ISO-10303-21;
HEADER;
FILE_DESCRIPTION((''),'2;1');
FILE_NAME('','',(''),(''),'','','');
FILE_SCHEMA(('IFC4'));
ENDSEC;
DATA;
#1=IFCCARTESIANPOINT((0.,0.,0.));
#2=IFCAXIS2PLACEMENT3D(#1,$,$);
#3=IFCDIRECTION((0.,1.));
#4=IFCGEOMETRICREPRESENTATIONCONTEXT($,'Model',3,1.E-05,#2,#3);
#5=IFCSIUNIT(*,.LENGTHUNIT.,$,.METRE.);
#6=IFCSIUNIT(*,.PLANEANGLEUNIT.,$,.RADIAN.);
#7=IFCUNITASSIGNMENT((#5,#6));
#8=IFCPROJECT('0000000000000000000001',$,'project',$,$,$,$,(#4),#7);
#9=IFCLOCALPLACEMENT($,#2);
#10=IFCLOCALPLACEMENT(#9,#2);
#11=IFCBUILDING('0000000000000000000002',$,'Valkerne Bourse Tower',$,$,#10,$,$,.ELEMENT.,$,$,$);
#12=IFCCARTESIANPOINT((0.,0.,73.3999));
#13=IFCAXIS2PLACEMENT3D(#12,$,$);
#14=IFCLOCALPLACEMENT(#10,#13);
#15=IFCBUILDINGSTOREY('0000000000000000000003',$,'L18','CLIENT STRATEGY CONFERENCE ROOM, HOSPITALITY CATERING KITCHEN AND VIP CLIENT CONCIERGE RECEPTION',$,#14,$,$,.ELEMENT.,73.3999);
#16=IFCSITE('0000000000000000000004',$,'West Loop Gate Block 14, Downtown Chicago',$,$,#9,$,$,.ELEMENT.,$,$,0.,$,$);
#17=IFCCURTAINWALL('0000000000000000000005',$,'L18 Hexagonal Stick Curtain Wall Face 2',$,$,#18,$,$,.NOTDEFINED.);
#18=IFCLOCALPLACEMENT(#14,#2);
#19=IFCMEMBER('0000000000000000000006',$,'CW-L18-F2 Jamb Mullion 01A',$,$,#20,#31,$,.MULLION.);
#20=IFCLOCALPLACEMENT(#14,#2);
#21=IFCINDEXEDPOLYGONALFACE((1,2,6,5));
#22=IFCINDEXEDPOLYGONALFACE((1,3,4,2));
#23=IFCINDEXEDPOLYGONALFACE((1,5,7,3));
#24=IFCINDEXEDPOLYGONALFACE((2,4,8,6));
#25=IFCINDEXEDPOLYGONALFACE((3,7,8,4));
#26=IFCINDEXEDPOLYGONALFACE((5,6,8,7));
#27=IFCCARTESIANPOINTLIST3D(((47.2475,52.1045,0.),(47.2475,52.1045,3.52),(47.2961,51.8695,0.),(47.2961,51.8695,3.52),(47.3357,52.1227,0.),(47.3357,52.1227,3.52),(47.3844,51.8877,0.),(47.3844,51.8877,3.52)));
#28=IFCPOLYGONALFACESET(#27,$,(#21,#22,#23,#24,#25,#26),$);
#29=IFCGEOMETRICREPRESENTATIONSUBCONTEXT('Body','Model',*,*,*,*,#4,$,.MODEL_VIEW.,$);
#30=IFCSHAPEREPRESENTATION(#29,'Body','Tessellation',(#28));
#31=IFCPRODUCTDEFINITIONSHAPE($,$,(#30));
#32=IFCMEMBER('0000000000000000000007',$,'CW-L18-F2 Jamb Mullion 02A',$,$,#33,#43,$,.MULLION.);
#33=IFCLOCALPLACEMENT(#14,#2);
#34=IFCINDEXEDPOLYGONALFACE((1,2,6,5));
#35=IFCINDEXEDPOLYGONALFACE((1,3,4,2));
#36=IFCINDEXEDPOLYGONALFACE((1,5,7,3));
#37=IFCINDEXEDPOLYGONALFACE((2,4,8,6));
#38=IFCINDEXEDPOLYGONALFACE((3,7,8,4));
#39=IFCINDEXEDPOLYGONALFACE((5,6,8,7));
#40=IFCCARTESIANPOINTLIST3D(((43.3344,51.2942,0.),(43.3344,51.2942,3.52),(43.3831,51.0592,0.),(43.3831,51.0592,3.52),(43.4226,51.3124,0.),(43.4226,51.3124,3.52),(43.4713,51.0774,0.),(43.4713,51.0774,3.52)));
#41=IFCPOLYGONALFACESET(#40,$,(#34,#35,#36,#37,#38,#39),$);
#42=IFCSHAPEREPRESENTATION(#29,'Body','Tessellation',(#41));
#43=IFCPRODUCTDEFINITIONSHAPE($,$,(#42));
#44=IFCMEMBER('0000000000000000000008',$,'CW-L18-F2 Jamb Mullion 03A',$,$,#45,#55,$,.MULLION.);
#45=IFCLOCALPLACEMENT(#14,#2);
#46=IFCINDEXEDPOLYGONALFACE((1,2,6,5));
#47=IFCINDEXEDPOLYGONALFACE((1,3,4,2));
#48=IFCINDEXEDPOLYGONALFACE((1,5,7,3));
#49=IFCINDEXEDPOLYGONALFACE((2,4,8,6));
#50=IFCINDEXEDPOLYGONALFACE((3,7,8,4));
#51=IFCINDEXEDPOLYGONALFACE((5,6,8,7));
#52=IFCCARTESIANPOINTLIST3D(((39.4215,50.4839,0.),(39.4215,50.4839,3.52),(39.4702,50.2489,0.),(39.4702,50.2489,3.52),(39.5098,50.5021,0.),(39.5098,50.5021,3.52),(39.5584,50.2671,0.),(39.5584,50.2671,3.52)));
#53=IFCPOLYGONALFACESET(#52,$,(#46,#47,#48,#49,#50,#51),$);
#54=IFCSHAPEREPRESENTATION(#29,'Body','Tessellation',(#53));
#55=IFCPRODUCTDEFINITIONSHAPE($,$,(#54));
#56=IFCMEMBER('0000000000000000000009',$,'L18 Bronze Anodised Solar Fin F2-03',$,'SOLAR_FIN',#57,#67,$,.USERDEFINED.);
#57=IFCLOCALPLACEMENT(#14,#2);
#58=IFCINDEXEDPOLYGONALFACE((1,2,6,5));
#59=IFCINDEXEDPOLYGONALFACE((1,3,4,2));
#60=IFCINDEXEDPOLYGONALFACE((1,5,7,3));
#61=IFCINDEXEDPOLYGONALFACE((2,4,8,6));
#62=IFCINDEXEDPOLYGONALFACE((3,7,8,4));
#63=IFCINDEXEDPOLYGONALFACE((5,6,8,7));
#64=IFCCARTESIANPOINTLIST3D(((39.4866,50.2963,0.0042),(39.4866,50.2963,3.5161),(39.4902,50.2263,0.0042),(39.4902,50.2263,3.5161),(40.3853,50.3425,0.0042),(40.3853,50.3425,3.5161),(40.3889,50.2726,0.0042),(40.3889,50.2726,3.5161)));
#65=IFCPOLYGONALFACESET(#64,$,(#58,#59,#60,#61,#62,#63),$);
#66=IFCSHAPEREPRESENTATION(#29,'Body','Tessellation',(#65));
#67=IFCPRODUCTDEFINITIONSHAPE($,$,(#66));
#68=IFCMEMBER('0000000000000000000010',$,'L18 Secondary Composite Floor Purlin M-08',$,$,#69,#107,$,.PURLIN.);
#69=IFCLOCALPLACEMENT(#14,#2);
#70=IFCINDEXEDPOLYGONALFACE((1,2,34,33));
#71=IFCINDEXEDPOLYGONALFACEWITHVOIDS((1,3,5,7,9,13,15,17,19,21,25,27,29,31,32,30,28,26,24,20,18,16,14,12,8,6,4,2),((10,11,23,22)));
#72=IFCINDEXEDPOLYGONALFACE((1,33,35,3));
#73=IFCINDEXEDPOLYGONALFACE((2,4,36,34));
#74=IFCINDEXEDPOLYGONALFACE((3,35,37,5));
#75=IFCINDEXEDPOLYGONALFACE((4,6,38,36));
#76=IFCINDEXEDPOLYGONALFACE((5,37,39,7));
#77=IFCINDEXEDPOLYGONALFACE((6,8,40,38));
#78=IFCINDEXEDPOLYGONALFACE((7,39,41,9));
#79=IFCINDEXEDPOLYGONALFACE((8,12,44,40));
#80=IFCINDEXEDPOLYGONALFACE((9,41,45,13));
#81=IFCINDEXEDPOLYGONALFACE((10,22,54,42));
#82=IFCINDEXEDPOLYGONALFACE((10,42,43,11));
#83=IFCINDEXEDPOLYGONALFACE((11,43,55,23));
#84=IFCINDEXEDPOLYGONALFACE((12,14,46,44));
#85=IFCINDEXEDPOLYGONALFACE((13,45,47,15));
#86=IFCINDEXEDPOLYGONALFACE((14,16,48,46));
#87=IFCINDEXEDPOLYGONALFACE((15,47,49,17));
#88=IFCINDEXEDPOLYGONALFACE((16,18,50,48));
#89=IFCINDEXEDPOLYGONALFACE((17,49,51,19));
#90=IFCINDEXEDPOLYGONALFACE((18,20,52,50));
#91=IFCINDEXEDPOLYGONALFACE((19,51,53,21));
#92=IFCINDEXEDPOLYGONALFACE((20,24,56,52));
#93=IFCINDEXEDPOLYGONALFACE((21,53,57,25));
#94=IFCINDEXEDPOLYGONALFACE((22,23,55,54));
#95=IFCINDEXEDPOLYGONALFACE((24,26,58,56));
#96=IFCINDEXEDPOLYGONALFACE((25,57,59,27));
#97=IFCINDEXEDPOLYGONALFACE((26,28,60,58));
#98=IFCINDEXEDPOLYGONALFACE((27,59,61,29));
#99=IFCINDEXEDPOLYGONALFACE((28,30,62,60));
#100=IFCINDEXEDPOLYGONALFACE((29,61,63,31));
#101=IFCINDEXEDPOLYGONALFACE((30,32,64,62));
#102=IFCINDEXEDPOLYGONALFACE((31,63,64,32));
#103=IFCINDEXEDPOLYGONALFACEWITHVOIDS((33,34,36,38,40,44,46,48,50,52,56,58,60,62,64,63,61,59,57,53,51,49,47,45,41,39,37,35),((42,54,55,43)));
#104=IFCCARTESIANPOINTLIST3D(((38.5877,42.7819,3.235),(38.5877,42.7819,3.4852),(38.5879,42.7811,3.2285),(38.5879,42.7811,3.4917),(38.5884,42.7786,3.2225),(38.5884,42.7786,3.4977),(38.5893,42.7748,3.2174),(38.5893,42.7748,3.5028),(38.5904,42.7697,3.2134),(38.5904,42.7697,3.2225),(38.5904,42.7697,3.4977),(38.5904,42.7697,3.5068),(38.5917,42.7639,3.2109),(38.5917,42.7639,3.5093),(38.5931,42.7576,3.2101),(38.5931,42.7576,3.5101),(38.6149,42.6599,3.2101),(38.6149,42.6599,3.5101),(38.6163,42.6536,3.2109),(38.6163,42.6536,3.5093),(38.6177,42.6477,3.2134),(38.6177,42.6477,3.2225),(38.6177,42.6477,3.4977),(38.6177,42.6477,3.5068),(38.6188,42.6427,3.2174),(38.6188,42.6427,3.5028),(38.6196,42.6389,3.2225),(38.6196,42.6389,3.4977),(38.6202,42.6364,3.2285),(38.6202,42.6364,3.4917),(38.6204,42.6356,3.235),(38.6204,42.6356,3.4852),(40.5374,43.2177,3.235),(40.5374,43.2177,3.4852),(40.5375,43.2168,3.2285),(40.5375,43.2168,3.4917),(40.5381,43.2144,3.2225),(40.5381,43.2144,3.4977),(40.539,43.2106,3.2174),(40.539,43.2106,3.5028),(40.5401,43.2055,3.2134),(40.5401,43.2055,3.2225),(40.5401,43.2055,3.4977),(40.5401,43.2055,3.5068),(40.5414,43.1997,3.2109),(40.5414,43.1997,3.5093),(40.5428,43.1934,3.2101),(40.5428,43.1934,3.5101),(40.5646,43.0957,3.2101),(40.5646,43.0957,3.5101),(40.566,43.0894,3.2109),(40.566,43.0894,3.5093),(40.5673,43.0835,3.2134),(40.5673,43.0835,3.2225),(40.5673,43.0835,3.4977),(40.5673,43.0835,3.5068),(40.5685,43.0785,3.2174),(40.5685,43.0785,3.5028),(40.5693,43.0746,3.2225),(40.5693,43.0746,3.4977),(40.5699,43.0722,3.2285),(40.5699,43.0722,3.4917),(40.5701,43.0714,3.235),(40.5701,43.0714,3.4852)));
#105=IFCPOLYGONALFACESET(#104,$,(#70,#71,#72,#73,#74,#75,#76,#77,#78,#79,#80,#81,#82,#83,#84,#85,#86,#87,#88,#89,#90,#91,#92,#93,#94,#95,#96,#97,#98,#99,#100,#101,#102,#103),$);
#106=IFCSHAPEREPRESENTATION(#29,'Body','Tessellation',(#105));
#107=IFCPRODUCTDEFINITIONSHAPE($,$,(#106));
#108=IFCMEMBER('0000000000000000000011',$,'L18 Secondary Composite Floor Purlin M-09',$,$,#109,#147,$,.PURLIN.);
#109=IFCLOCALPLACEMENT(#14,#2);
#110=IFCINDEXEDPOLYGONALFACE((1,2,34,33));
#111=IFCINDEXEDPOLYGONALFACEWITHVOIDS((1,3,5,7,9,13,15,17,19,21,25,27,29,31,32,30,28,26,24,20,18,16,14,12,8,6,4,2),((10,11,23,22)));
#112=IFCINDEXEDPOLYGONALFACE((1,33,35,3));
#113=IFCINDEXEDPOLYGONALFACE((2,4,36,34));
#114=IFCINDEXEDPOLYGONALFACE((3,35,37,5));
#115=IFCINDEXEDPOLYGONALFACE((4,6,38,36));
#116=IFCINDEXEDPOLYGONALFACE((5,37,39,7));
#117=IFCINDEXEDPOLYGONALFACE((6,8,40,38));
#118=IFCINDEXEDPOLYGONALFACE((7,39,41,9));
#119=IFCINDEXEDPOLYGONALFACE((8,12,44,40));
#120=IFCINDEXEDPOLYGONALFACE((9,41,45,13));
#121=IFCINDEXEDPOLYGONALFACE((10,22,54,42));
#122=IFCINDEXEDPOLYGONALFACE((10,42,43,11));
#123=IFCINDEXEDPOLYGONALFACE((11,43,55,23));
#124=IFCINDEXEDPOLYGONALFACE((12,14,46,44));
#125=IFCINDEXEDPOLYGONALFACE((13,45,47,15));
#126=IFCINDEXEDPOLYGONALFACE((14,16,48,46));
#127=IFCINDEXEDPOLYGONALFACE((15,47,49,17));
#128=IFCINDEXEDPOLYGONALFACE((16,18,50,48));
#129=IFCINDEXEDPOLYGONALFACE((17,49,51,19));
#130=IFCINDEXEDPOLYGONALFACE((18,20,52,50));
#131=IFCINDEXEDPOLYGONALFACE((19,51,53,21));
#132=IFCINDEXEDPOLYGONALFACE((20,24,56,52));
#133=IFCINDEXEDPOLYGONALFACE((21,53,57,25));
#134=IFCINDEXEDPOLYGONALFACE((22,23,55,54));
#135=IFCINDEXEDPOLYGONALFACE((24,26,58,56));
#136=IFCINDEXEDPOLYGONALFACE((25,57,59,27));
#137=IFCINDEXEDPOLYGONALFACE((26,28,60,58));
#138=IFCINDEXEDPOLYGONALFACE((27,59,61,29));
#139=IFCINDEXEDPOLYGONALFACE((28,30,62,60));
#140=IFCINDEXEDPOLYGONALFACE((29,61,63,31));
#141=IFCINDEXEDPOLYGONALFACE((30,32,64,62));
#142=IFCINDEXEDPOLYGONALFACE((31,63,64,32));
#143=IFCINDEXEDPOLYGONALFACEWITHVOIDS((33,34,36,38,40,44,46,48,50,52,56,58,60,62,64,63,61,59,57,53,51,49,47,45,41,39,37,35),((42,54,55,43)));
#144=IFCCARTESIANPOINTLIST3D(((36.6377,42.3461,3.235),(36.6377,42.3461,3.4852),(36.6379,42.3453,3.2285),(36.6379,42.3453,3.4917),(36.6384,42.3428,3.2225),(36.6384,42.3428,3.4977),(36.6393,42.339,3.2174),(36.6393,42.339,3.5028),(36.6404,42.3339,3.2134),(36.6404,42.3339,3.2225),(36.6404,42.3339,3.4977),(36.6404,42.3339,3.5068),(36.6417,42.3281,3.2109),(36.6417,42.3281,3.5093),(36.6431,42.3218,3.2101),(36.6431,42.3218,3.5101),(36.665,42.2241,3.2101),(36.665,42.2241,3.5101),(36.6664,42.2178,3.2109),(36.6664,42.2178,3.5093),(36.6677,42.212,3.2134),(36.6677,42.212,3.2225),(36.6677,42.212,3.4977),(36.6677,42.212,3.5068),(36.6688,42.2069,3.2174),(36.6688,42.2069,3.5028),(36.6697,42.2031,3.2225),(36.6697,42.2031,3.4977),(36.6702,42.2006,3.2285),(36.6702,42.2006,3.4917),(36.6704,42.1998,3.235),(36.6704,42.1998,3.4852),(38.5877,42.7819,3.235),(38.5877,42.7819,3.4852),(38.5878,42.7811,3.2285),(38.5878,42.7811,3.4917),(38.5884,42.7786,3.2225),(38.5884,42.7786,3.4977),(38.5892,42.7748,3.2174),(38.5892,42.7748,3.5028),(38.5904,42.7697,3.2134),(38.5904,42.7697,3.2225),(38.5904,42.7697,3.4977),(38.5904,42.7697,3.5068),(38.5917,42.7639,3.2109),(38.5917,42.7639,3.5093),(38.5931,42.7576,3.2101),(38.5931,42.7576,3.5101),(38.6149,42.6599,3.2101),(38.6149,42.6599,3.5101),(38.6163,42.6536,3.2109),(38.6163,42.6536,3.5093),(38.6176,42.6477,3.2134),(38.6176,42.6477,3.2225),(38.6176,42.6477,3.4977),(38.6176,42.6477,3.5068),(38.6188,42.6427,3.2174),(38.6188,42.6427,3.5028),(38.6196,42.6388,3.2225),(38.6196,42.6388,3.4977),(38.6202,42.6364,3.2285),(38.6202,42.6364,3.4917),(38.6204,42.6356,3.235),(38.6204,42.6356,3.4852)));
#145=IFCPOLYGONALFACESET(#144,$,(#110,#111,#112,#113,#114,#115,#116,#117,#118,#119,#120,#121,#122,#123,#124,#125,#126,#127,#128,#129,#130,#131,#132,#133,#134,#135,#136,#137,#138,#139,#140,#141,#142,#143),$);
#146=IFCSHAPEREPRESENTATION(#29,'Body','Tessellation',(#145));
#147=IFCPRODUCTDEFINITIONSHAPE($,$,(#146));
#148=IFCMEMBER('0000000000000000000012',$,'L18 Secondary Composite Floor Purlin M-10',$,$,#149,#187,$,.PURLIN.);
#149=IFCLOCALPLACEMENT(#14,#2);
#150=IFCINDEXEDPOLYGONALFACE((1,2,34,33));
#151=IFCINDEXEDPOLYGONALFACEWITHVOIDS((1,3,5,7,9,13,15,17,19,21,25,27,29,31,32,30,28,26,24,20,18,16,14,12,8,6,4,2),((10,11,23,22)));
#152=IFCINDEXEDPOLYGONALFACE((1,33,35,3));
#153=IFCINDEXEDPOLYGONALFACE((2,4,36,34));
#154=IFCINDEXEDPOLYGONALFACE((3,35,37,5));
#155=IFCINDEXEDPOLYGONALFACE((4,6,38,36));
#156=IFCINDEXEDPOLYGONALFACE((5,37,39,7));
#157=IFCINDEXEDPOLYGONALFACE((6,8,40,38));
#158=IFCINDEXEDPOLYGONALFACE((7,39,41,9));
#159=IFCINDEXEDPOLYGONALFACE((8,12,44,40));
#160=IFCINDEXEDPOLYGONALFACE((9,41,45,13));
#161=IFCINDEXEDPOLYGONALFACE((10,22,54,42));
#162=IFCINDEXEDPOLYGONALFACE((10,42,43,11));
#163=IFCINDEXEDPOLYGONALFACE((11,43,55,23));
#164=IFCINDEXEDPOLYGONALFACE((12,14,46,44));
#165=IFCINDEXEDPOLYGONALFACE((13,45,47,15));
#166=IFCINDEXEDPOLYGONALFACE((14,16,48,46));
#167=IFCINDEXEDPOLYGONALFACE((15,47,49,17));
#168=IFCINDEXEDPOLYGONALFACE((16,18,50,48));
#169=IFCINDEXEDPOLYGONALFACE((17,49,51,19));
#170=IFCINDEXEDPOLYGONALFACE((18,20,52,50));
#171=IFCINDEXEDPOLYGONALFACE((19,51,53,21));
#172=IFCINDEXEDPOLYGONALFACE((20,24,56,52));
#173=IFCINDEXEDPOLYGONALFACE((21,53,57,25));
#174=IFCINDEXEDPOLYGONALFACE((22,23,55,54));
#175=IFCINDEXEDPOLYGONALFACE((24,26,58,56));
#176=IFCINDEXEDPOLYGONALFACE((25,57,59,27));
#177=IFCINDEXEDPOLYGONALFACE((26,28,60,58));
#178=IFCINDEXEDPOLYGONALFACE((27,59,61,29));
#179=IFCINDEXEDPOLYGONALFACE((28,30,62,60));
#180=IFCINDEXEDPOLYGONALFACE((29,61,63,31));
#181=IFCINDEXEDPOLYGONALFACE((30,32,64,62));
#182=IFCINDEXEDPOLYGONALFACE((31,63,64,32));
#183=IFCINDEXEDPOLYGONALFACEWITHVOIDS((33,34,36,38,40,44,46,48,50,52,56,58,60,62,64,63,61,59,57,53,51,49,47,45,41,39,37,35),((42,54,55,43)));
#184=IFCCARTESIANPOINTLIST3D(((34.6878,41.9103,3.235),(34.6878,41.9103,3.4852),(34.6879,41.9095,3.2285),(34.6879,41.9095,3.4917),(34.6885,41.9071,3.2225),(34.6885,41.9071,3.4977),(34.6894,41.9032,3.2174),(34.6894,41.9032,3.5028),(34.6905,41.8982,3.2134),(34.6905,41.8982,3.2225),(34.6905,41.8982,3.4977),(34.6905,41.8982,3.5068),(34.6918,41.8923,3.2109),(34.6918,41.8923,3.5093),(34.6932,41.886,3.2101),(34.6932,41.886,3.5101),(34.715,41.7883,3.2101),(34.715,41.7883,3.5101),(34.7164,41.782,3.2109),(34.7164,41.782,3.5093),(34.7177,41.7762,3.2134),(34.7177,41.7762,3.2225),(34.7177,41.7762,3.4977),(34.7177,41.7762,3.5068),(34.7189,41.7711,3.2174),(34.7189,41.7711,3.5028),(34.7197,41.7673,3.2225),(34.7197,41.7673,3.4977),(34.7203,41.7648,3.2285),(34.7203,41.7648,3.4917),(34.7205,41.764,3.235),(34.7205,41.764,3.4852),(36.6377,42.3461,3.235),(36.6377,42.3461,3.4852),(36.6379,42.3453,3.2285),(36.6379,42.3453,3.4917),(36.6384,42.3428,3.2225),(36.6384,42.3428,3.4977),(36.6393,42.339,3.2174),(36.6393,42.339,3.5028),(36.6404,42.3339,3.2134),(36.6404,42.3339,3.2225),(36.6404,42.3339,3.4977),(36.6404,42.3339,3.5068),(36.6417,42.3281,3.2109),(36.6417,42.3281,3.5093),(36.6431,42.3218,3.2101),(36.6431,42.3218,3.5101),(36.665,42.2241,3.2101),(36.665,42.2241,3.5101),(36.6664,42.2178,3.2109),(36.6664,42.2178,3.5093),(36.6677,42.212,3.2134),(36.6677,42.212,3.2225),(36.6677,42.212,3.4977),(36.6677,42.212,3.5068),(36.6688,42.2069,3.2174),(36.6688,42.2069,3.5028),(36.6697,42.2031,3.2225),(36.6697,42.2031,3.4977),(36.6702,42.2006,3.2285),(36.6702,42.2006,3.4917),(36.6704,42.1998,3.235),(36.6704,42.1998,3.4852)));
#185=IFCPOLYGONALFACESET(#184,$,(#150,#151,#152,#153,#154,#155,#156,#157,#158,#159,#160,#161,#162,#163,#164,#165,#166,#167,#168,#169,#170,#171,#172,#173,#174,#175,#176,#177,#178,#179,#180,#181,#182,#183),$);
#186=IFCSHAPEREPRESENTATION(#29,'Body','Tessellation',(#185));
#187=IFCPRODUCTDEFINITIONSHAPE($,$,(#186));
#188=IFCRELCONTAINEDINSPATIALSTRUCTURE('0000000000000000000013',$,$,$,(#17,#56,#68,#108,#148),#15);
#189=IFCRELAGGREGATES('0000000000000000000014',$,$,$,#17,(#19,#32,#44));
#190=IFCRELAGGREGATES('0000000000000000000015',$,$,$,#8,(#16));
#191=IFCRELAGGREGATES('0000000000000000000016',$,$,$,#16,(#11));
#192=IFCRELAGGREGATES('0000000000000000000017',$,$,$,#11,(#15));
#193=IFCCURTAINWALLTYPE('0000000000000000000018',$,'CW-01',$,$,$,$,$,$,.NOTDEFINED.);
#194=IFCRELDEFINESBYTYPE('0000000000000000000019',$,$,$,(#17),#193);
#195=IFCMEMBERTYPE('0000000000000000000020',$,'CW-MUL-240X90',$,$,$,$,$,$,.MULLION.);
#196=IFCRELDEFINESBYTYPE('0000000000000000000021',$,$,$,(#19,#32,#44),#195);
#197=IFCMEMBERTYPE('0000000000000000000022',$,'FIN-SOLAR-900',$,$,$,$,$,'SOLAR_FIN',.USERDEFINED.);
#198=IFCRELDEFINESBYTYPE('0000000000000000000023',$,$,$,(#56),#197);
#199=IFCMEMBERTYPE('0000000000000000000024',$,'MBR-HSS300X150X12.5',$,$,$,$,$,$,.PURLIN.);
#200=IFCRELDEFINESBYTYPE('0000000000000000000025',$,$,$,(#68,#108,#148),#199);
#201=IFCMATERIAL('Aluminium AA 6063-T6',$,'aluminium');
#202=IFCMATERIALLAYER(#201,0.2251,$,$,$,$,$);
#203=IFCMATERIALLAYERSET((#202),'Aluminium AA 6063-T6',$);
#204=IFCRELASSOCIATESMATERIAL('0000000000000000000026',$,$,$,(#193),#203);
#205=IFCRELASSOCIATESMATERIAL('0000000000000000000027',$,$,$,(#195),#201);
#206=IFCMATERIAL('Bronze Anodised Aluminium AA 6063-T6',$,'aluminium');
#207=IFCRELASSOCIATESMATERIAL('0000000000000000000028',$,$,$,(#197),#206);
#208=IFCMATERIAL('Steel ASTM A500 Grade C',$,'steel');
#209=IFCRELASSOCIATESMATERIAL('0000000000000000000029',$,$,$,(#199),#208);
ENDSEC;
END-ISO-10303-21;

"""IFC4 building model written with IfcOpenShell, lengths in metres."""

from ifc_helpers import new_model, si_unit, direction, frame, origin, origin_2d, place, context, subcontext, project, spatial, rectangle, hollow_rectangle, extrude, material, layer, layer_set, material_profile, profile_set, type_object, element, aggregate, save


model = new_model("IFC4")

# Units and contexts
model_context = context("Model", 3, precision=1e-05, world=origin(), true_north=direction((0.0, 1.0)))
body_context = subcontext(model_context, "Body", "Model", "MODEL_VIEW")
ifc_project = project(units=[si_unit("LENGTHUNIT", "METRE"), si_unit("PLANEANGLEUNIT", "RADIAN")], contexts=[model_context])

# Site, building, storey
site_placement = place(None, origin())
site = spatial("IfcSite", under=ifc_project, at=site_placement, Name="West Loop Gate Block 14, Downtown Chicago", CompositionType="ELEMENT", RefElevation=0.0)
building_placement = place(site_placement, origin())
building = spatial("IfcBuilding", under=site, at=building_placement, Name="Valkerne Bourse Tower", CompositionType="ELEMENT")
storey_placement = place(building_placement, frame((0.0, 0.0, 73.3999)))
storey = spatial("IfcBuildingStorey", under=building, at=storey_placement, Name="L18", Description="CLIENT STRATEGY CONFERENCE ROOM, HOSPITALITY CATERING KITCHEN AND VIP CLIENT CONCIERGE RECEPTION", CompositionType="ELEMENT", Elevation=73.3999)

# Curtain wall, members
ifc_material_1 = material(Name="Aluminium AA 6063-T6", Category="aluminium")
ifc_layer_1 = layer(ifc_material_1, 0.2251)
ifc_layer_set_1 = layer_set([ifc_layer_1], Name="Aluminium AA 6063-T6")
curtain_wall_type = type_object("IfcCurtainWallType", Name="CW-01", PredefinedType="NOTDEFINED", material=ifc_layer_set_1)
curtain_wall_placement = place(storey_placement, origin())
curtain_wall = element("IfcCurtainWall", 1, at=curtain_wall_placement, inside=storey, type_object=curtain_wall_type, Name="L18 Hexagonal Stick Curtain Wall Face 2", PredefinedType="NOTDEFINED")
ifc_material_profile_1 = material_profile(ifc_material_1, rectangle(XDim=0.0901, YDim=0.24, at=origin_2d()), Name="CWM-90X240")
ifc_profile_set_1 = profile_set([ifc_material_profile_1], Name="Aluminium AA 6063-T6")
member_type_1 = type_object("IfcMemberType", Name="CW-MUL-240X90", PredefinedType="MULLION", material=ifc_profile_set_1)
member_1_placement = place(storey_placement, frame((47.3159, 51.9961, 0.0), z_axis=(0.0, 0.0, 1.0), x_axis=(-0.979224, -0.202782, 0.0)))
member_1 = element("IfcMember", 2, at=member_1_placement, type_object=member_type_1, Name="CW-L18-F2 Jamb Mullion 01A", PredefinedType="MULLION", context=body_context, shape_type="SweptSolid", body=[
    extrude(rectangle(XDim=0.0901, YDim=0.24, at=origin_2d()), origin(), (0.0, 0.0, 1.0), 3.52),
])
member_2_placement = place(storey_placement, frame((43.4028, 51.1858, 0.0), z_axis=(0.0, 0.0, 1.0), x_axis=(-0.97922, -0.202801, 0.0)))
member_2 = element("IfcMember", 3, at=member_2_placement, type_object=member_type_1, Name="CW-L18-F2 Jamb Mullion 02A", PredefinedType="MULLION", context=body_context, shape_type="SweptSolid", body=[
    extrude(rectangle(XDim=0.0901, YDim=0.24, at=origin_2d()), origin(), (0.0, 0.0, 1.0), 3.52),
])
member_3_placement = place(storey_placement, frame((39.49, 50.3755, 0.0), z_axis=(0.0, 0.0, 1.0), x_axis=(-0.979225, -0.202777, 0.0)))
member_3 = element("IfcMember", 4, at=member_3_placement, type_object=member_type_1, Name="CW-L18-F2 Jamb Mullion 03A", PredefinedType="MULLION", context=body_context, shape_type="SweptSolid", body=[
    extrude(rectangle(XDim=0.0901, YDim=0.24, at=origin_2d()), origin(), (0.0, 0.0, 1.0), 3.52),
])

# Members
ifc_material_2 = material(Name="Bronze Anodised Aluminium AA 6063-T6", Category="aluminium")
ifc_material_profile_2 = material_profile(ifc_material_2, rectangle(XDim=0.0701, YDim=0.8999, at=origin_2d()), Name="FIN-70X900")
ifc_profile_set_2 = profile_set([ifc_material_profile_2], Name="Bronze Anodised Aluminium AA 6063-T6")
member_type_2 = type_object("IfcMemberType", Name="FIN-SOLAR-900", ElementType="SOLAR_FIN", PredefinedType="USERDEFINED", material=ifc_profile_set_2)
member_4_placement = place(storey_placement, frame((39.9377, 50.2844, 0.0042), z_axis=(0.0, 0.0, 1.0), x_axis=(-0.051397, 0.998678, 0.0)))
element("IfcMember", 5, at=member_4_placement, inside=storey, type_object=member_type_2, Name="L18 Bronze Anodised Solar Fin F2-03", ObjectType="SOLAR_FIN", PredefinedType="USERDEFINED", context=body_context, shape_type="SweptSolid", body=[
    extrude(rectangle(XDim=0.0701, YDim=0.8999, at=origin_2d()), origin(), (0.0, 0.0, 1.0), 3.512),
])
ifc_material_3 = material(Name="Steel ASTM A500 Grade C", Category="steel")
ifc_material_profile_3 = material_profile(ifc_material_3, hollow_rectangle(XDim=0.1499, YDim=0.3, WallThickness=0.0125, OuterFilletRadius=0.0249, at=origin_2d()), Name="HSS300X150X12.5")
ifc_profile_set_3 = profile_set([ifc_material_profile_3], Name="Steel ASTM A500 Grade C")
member_type_3 = type_object("IfcMemberType", Name="MBR-HSS300X150X12.5", PredefinedType="PURLIN", material=ifc_profile_set_3)
member_5_placement = place(storey_placement, frame((40.5537, 43.1445, 3.3601), z_axis=(-0.975919, -0.218134, 0.0), x_axis=(0.218134, -0.975919, 0.0)))
element("IfcMember", 6, at=member_5_placement, inside=storey, type_object=member_type_3, Name="L18 Secondary Composite Floor Purlin M-08", PredefinedType="PURLIN", context=body_context, shape_type="SweptSolid", body=[
    extrude(hollow_rectangle(XDim=0.1499, YDim=0.3, WallThickness=0.0125, OuterFilletRadius=0.0249, at=origin_2d()), origin(), (0.0, 0.0, 1.0), 1.9978),
])
for number, where, z_axis, x_axis, name in (
    (7, (38.604, 42.7087, 3.3601), (-0.975925, -0.218108, 0.0), (0.218108, -0.975925, 0.0), "L18 Secondary Composite Floor Purlin M-09"),
    (8, (36.6541, 42.2729, 3.3601), (-0.975925, -0.218108, 0.0), (0.218108, -0.975925, 0.0), "L18 Secondary Composite Floor Purlin M-10"),
):
    element("IfcMember", number, at=place(storey_placement, frame(where, z_axis=z_axis, x_axis=x_axis)), inside=storey, type_object=member_type_3, Name=name, PredefinedType="PURLIN", context=body_context, shape_type="SweptSolid", body=[
        extrude(hollow_rectangle(XDim=0.1499, YDim=0.3, WallThickness=0.0125, OuterFilletRadius=0.0249, at=origin_2d()), origin(), (0.0, 0.0, 1.0), 1.998),
    ])

aggregate(curtain_wall, [member_1, member_2, member_3])

save(model, "model.ifc")
